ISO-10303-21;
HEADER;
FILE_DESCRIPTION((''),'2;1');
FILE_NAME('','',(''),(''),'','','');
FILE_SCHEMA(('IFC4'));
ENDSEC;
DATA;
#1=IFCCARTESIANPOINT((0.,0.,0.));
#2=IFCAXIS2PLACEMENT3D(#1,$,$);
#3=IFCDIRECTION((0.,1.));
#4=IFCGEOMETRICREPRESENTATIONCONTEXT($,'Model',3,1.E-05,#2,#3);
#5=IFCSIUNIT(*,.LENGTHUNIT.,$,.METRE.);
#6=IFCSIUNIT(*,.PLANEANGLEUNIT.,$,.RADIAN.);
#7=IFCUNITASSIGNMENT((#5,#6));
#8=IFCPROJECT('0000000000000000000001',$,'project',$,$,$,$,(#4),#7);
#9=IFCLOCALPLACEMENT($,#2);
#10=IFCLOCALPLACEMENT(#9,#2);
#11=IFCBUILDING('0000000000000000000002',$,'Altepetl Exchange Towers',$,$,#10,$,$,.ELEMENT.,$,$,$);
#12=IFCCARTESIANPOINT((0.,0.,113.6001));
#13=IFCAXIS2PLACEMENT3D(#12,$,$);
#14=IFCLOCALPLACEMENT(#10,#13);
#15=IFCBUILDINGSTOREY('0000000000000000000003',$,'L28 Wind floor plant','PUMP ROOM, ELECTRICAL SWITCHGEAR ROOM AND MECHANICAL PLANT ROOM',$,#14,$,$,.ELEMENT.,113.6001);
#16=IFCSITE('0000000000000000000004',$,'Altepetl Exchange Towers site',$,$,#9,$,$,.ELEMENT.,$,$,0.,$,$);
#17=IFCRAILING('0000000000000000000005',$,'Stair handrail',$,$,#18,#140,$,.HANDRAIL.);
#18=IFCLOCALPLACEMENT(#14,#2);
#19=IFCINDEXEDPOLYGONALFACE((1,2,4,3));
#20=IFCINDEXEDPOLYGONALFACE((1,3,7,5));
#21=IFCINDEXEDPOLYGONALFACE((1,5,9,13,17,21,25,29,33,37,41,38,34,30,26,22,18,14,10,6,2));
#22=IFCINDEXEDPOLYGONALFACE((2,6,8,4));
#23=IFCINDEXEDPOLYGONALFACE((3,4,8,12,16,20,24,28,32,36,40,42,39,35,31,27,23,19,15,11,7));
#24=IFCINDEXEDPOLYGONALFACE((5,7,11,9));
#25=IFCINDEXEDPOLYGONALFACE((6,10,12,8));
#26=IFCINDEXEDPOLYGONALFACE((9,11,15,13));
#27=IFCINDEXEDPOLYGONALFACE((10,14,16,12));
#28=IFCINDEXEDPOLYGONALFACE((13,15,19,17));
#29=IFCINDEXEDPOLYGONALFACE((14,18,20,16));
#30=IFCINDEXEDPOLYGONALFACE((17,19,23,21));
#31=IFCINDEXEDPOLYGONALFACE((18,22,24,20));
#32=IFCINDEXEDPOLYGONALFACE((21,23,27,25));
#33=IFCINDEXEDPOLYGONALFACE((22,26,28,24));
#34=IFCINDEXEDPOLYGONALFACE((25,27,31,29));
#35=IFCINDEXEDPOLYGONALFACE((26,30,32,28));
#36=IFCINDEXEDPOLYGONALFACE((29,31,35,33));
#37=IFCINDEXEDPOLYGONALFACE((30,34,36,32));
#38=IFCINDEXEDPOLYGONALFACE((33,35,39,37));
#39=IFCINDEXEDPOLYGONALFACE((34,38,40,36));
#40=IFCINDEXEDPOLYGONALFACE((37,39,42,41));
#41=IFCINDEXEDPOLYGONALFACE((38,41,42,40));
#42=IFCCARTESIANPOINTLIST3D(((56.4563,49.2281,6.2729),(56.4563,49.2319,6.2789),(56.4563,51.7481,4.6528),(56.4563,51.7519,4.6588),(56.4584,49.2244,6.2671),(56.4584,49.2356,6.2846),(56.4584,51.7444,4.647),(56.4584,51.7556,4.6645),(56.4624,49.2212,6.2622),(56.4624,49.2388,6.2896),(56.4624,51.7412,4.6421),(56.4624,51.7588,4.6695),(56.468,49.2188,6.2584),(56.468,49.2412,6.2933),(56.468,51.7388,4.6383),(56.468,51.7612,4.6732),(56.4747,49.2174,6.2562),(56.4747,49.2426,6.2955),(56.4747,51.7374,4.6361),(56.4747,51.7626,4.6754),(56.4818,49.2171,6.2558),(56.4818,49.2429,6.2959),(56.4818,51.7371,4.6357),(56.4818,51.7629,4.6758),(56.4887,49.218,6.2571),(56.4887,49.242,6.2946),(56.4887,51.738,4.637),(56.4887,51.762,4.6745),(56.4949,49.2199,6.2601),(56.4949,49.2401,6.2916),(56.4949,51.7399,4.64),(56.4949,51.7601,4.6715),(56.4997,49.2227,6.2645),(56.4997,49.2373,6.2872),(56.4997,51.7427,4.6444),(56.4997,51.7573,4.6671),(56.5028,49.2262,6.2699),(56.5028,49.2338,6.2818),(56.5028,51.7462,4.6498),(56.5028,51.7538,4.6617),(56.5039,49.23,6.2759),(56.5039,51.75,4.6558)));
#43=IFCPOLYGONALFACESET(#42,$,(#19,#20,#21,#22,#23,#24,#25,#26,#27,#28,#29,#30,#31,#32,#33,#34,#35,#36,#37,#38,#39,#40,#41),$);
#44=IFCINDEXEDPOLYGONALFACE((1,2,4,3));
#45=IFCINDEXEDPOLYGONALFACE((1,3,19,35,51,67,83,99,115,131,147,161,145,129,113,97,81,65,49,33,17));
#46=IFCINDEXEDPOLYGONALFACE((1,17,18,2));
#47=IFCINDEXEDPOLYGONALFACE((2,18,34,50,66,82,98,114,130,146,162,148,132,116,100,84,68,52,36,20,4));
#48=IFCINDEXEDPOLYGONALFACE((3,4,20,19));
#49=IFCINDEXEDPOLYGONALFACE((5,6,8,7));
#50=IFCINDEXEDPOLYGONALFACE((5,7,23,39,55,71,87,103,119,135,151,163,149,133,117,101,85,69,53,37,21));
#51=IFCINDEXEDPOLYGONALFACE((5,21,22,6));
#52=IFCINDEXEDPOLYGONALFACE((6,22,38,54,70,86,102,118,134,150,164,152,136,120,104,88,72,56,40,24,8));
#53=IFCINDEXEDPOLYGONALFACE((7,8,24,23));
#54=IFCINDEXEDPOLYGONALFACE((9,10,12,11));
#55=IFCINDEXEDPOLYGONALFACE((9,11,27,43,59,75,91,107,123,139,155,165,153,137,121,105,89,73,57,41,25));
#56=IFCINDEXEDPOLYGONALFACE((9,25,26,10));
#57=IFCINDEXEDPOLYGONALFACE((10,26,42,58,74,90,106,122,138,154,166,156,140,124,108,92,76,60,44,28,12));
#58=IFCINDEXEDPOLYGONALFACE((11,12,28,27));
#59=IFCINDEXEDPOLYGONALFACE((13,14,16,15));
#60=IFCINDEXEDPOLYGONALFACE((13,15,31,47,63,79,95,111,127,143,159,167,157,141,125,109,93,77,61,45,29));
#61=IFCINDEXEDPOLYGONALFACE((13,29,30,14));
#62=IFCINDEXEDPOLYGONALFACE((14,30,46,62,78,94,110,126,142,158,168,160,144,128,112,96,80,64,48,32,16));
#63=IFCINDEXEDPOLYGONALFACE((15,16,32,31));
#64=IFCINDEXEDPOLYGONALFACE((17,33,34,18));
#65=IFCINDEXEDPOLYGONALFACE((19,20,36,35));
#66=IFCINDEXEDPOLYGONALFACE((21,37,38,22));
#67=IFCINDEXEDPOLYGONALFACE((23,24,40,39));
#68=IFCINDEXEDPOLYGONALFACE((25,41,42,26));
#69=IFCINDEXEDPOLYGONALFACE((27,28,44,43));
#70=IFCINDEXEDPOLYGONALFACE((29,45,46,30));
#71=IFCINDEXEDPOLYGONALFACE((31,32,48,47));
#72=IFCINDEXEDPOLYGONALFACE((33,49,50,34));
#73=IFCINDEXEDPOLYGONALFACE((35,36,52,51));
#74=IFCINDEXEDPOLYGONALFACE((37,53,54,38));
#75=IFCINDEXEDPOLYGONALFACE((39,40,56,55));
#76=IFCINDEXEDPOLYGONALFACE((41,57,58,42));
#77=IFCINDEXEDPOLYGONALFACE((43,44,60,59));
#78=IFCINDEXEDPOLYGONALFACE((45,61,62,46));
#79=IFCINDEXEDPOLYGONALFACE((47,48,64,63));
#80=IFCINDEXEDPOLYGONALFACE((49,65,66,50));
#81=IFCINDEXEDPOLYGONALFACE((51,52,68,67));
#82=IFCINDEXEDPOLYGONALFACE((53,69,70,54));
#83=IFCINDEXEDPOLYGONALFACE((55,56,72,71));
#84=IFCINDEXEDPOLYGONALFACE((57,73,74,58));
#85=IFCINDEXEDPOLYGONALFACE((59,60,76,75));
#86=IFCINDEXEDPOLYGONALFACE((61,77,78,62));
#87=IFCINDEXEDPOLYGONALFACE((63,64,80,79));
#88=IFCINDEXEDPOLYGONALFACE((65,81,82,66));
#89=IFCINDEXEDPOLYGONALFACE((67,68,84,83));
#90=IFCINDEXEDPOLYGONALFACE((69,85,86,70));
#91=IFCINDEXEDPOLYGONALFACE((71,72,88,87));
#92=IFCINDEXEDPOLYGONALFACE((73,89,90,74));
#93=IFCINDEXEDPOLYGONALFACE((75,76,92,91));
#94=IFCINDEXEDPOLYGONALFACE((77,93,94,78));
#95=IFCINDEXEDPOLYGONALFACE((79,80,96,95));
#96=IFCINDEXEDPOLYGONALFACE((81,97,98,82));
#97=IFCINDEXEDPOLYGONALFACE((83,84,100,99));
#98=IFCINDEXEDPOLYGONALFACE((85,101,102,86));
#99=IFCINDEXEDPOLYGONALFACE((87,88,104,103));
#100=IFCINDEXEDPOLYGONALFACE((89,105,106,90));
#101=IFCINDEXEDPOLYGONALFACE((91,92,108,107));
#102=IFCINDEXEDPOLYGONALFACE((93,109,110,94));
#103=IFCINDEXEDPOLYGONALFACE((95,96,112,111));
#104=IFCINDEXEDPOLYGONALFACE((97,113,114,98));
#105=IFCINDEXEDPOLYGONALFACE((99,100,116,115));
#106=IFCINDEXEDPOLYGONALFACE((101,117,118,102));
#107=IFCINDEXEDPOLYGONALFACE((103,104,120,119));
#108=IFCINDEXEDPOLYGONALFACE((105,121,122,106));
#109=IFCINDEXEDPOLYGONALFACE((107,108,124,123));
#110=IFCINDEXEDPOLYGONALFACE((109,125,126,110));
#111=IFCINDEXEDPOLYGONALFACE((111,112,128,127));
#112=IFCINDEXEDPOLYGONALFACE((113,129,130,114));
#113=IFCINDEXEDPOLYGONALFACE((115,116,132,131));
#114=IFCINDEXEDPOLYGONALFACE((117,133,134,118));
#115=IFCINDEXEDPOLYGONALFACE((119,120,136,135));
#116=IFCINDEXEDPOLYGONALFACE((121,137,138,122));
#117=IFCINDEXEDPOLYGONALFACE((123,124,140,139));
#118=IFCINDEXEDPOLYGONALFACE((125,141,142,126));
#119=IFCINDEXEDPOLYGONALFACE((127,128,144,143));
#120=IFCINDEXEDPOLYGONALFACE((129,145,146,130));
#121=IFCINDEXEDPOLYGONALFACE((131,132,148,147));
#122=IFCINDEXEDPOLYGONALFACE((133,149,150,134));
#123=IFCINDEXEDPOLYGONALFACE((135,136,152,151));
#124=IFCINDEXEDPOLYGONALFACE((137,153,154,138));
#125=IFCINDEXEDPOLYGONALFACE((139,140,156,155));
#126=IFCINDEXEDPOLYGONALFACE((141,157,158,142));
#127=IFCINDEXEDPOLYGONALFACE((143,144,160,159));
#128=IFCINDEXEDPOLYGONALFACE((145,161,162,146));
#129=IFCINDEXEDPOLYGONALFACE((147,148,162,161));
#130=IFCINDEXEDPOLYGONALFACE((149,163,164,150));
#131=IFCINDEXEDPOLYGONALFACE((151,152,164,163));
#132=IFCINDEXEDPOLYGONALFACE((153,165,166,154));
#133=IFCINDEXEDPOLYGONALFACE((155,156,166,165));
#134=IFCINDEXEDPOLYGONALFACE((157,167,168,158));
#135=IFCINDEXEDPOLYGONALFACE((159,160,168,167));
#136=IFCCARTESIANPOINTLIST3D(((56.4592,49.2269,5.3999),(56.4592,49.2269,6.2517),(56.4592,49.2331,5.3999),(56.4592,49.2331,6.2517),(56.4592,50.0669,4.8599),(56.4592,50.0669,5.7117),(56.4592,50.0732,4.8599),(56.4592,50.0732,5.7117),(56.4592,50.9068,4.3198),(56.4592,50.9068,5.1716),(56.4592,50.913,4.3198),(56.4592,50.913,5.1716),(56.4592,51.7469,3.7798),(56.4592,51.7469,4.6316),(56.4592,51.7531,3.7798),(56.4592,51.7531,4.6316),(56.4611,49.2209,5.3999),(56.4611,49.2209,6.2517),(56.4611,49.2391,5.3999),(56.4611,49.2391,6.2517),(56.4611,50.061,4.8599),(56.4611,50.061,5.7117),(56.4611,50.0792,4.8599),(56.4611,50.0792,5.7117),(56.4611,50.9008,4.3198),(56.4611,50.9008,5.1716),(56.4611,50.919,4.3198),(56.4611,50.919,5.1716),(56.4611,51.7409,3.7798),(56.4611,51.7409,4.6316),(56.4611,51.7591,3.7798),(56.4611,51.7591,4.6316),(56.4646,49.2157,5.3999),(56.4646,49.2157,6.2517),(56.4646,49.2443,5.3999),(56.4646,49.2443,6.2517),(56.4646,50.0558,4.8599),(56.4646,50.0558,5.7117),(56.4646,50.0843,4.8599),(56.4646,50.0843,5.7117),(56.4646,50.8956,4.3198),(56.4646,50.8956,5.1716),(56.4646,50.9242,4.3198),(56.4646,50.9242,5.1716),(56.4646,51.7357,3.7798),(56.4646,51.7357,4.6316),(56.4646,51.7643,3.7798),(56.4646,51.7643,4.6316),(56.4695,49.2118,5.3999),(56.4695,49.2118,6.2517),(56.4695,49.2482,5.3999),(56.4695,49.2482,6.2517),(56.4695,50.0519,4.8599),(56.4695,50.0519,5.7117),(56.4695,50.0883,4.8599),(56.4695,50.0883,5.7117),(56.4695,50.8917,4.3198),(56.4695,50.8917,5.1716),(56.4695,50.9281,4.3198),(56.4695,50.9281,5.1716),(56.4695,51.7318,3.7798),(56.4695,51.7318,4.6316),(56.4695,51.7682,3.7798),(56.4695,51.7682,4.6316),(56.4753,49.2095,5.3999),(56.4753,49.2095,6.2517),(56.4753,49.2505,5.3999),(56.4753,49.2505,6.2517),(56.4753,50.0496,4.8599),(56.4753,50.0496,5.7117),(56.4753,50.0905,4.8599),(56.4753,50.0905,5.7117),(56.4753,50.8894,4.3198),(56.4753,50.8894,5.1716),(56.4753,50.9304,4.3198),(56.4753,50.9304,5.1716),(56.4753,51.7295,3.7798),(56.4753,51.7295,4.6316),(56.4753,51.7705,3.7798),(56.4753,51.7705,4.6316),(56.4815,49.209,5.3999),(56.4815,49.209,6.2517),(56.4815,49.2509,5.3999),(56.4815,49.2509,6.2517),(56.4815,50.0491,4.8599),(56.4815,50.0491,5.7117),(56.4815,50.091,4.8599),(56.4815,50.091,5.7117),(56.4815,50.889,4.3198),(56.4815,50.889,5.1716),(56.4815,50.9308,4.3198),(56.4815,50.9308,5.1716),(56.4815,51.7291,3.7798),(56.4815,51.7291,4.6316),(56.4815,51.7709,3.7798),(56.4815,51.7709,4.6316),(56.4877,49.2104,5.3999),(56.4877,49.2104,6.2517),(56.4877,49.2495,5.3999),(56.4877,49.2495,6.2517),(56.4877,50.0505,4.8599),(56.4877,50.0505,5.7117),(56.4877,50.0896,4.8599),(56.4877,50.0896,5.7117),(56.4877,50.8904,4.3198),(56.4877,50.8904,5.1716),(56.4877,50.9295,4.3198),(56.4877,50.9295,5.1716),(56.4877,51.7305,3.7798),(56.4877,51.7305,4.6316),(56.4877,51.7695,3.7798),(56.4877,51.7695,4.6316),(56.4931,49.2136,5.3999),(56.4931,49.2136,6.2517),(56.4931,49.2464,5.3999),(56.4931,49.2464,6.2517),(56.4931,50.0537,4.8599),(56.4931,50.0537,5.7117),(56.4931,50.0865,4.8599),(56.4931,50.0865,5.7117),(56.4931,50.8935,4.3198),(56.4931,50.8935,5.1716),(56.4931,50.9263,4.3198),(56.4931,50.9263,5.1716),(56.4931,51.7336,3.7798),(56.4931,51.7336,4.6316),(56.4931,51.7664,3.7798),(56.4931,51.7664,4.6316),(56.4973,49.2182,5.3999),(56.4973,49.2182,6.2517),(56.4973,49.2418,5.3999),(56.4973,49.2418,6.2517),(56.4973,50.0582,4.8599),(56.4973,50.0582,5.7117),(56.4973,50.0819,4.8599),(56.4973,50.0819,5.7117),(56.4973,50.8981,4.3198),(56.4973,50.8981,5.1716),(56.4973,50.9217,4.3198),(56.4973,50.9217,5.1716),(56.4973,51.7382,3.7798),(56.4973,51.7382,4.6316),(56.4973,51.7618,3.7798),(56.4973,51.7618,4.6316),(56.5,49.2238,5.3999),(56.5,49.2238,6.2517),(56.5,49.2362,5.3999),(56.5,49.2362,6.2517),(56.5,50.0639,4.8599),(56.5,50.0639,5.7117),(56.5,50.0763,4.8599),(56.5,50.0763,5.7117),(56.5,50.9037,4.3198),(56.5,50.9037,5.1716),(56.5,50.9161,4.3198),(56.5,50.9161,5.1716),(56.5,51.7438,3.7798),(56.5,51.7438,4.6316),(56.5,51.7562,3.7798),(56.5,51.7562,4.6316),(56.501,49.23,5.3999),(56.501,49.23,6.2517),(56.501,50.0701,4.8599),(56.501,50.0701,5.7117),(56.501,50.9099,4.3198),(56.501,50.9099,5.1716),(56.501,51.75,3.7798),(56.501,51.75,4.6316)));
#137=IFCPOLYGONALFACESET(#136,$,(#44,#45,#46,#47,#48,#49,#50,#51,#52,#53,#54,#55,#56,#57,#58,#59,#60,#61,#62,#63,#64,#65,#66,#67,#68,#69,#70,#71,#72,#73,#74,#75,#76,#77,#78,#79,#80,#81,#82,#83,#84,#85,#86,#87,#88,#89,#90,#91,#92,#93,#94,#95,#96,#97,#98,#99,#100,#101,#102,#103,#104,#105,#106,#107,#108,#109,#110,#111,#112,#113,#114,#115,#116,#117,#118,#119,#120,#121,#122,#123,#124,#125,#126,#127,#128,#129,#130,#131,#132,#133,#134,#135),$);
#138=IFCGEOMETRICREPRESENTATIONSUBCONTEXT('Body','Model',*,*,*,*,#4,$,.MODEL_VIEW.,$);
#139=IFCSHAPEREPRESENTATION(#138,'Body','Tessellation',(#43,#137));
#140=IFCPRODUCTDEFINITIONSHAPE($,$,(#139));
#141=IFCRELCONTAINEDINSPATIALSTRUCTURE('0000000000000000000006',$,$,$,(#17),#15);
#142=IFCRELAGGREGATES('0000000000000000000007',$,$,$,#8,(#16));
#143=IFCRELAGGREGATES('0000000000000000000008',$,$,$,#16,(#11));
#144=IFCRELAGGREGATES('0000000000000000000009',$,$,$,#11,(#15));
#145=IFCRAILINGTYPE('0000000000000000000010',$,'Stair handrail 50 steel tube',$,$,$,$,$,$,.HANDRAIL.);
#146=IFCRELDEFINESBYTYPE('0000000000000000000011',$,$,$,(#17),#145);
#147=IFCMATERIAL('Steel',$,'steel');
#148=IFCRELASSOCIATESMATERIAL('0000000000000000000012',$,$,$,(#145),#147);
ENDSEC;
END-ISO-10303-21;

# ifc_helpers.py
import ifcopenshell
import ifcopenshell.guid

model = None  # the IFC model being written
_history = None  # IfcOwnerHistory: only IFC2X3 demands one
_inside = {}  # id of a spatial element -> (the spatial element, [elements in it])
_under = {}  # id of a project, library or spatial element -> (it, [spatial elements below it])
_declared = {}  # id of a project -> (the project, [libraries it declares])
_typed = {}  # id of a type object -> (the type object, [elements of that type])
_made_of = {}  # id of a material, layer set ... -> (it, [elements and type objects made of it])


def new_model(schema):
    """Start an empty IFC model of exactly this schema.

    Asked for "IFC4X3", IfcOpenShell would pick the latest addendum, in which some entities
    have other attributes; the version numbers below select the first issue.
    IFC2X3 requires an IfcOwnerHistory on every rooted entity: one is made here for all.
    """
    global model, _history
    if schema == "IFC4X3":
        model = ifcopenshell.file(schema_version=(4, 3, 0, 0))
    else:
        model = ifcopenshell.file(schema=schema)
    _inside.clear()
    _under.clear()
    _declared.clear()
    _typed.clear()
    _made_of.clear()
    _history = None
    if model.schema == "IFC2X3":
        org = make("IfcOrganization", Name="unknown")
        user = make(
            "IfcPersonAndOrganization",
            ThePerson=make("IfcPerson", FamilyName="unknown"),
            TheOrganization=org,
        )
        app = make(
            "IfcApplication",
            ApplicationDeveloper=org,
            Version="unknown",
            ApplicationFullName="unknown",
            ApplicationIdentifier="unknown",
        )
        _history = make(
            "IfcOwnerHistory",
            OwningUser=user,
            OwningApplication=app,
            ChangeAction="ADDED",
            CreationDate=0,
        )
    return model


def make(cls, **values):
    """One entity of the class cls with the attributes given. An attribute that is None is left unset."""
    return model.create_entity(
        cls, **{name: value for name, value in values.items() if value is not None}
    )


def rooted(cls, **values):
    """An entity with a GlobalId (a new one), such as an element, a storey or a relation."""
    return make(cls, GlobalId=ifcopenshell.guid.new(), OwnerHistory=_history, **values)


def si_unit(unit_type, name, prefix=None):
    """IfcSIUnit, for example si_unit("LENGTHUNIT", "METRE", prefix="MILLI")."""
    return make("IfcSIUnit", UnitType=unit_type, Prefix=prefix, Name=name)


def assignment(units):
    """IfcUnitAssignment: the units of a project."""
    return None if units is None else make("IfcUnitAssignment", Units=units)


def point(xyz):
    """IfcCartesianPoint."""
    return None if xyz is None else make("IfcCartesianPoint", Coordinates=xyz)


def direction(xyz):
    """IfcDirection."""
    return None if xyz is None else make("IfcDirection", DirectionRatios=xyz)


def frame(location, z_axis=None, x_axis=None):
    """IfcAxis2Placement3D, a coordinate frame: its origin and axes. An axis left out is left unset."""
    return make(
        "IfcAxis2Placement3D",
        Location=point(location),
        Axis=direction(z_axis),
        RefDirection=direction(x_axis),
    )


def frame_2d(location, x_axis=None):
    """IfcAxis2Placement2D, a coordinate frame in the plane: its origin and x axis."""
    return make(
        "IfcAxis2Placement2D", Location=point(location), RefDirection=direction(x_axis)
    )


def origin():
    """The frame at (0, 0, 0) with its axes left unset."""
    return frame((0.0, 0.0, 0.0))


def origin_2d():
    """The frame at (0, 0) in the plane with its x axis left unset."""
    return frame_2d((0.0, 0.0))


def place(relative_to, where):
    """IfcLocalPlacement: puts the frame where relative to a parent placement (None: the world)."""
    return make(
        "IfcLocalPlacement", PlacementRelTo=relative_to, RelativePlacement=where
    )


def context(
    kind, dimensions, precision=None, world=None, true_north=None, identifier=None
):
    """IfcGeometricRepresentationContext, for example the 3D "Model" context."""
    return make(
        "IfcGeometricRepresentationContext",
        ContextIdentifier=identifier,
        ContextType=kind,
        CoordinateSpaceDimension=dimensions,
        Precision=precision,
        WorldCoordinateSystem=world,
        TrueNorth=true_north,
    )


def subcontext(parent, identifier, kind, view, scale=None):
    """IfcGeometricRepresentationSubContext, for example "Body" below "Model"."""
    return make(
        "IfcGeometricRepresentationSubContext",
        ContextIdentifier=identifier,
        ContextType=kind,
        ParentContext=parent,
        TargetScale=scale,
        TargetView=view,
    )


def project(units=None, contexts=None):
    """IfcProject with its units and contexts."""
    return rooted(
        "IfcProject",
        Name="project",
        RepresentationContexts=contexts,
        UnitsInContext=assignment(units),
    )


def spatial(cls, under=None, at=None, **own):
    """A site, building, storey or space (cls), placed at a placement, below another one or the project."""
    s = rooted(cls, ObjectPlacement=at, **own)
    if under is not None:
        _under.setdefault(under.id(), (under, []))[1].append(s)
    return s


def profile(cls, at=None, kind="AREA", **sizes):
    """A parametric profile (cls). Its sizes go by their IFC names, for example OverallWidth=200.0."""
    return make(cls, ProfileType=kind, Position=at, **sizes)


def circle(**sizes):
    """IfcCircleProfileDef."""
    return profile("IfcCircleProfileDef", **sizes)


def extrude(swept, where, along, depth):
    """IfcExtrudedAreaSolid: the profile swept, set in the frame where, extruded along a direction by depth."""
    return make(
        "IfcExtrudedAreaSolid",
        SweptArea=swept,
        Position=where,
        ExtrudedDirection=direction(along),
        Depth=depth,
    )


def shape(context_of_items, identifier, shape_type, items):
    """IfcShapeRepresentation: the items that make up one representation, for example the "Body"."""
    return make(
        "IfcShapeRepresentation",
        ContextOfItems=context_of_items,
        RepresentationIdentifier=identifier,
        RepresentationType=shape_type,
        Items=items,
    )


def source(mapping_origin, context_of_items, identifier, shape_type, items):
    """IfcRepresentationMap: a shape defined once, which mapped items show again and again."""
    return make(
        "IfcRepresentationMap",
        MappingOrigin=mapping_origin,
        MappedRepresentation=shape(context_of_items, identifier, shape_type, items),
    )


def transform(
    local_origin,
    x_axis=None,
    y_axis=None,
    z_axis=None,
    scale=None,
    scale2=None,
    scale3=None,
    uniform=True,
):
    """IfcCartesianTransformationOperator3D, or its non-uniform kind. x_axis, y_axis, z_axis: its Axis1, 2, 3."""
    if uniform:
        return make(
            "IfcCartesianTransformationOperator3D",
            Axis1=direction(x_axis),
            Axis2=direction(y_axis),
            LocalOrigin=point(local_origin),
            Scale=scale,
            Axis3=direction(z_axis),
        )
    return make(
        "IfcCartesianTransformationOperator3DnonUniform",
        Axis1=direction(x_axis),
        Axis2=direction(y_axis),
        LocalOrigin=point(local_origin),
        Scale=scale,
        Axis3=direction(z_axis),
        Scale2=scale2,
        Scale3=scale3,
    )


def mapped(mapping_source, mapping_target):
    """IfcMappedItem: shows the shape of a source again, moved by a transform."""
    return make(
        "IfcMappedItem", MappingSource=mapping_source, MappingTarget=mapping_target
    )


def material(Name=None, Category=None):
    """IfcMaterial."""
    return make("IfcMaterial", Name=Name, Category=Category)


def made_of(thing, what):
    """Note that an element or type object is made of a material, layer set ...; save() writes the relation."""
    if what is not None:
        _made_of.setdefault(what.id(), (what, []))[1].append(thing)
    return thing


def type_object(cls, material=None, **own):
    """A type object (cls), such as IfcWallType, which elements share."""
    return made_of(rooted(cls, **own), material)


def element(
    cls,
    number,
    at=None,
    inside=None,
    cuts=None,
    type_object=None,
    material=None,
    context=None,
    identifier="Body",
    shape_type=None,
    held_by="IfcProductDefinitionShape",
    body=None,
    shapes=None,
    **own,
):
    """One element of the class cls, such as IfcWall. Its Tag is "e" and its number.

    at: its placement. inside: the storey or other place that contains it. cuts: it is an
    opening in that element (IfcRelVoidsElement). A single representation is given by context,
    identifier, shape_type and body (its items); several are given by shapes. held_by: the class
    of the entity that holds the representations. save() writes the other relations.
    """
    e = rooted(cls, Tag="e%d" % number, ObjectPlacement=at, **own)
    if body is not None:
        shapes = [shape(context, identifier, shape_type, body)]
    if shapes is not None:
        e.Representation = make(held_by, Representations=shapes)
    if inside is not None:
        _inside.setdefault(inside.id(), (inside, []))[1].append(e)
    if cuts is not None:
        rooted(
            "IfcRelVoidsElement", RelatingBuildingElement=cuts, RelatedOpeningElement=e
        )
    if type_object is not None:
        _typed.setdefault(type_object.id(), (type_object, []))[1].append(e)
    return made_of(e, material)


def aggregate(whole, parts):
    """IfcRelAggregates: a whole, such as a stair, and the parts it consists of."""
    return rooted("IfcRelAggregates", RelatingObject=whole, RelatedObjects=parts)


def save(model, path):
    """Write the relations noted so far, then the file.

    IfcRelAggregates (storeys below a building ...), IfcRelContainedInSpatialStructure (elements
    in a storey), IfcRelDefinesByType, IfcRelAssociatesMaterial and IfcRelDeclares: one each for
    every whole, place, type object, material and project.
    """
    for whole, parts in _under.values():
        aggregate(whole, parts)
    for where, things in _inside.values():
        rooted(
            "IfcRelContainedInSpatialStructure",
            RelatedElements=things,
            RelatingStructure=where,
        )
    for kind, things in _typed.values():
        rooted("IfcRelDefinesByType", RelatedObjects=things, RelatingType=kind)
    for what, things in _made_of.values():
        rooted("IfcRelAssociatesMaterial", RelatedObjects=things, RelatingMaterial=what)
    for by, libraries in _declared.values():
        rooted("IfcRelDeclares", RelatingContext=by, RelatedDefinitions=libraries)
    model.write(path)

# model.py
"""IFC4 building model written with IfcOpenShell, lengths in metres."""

from ifc_helpers import new_model, si_unit, direction, frame, origin, origin_2d, place, context, subcontext, project, spatial, circle, extrude, source, transform, mapped, material, type_object, element, save


model = new_model("IFC4")

# Units and contexts
model_context = context("Model", 3, precision=1e-05, world=origin(), true_north=direction((0.0, 1.0)))
body_context = subcontext(model_context, "Body", "Model", "MODEL_VIEW")
ifc_project = project(units=[si_unit("LENGTHUNIT", "METRE"), si_unit("PLANEANGLEUNIT", "RADIAN")], contexts=[model_context])

# Site, building, storey
site_placement = place(None, origin())
site = spatial("IfcSite", under=ifc_project, at=site_placement, Name="Altepetl Exchange Towers site", CompositionType="ELEMENT", RefElevation=0.0)
building_placement = place(site_placement, origin())
building = spatial("IfcBuilding", under=site, at=building_placement, Name="Altepetl Exchange Towers", CompositionType="ELEMENT")
storey_placement = place(building_placement, frame((0.0, 0.0, 113.6001)))
storey = spatial("IfcBuildingStorey", under=building, at=storey_placement, Name="L28 Wind floor plant", Description="PUMP ROOM, ELECTRICAL SWITCHGEAR ROOM AND MECHANICAL PLANT ROOM", CompositionType="ELEMENT", Elevation=113.6001)

# Railing
ifc_material_1 = material(Name="Steel", Category="steel")
railing_type = type_object("IfcRailingType", Name="Stair handrail 50 steel tube", PredefinedType="HANDRAIL", material=ifc_material_1)
shared_shape = source(origin(), body_context, "Body", "SweptSolid", [
    extrude(circle(Radius=0.021, at=origin_2d()), origin(), (0.0, 0.0, 1.0), 0.8518),
])
railing_1_placement = place(storey_placement, frame((56.48, 51.75, 3.7798)))
element("IfcRailing", 1, at=railing_1_placement, inside=storey, type_object=railing_type, Name="Stair handrail", PredefinedType="HANDRAIL", context=body_context, shape_type="SweptSolid", body=[
    extrude(circle(Radius=0.0239, at=origin_2d()), frame((0.0, 0.0, 0.876), z_axis=(0.0, -0.841163, 0.540782), x_axis=(1.0, 0.0, 0.0)), (0.0, 0.0, 1.0), 2.9958),
    mapped(shared_shape, transform((0.0, 0.0, 0.0))),
    mapped(shared_shape, transform((0.0, -0.8401, 0.54))),
    mapped(shared_shape, transform((0.0, -1.6799, 1.0801))),
    mapped(shared_shape, transform((0.0, -2.52, 1.6201))),
])

save(model, "model.ifc")
